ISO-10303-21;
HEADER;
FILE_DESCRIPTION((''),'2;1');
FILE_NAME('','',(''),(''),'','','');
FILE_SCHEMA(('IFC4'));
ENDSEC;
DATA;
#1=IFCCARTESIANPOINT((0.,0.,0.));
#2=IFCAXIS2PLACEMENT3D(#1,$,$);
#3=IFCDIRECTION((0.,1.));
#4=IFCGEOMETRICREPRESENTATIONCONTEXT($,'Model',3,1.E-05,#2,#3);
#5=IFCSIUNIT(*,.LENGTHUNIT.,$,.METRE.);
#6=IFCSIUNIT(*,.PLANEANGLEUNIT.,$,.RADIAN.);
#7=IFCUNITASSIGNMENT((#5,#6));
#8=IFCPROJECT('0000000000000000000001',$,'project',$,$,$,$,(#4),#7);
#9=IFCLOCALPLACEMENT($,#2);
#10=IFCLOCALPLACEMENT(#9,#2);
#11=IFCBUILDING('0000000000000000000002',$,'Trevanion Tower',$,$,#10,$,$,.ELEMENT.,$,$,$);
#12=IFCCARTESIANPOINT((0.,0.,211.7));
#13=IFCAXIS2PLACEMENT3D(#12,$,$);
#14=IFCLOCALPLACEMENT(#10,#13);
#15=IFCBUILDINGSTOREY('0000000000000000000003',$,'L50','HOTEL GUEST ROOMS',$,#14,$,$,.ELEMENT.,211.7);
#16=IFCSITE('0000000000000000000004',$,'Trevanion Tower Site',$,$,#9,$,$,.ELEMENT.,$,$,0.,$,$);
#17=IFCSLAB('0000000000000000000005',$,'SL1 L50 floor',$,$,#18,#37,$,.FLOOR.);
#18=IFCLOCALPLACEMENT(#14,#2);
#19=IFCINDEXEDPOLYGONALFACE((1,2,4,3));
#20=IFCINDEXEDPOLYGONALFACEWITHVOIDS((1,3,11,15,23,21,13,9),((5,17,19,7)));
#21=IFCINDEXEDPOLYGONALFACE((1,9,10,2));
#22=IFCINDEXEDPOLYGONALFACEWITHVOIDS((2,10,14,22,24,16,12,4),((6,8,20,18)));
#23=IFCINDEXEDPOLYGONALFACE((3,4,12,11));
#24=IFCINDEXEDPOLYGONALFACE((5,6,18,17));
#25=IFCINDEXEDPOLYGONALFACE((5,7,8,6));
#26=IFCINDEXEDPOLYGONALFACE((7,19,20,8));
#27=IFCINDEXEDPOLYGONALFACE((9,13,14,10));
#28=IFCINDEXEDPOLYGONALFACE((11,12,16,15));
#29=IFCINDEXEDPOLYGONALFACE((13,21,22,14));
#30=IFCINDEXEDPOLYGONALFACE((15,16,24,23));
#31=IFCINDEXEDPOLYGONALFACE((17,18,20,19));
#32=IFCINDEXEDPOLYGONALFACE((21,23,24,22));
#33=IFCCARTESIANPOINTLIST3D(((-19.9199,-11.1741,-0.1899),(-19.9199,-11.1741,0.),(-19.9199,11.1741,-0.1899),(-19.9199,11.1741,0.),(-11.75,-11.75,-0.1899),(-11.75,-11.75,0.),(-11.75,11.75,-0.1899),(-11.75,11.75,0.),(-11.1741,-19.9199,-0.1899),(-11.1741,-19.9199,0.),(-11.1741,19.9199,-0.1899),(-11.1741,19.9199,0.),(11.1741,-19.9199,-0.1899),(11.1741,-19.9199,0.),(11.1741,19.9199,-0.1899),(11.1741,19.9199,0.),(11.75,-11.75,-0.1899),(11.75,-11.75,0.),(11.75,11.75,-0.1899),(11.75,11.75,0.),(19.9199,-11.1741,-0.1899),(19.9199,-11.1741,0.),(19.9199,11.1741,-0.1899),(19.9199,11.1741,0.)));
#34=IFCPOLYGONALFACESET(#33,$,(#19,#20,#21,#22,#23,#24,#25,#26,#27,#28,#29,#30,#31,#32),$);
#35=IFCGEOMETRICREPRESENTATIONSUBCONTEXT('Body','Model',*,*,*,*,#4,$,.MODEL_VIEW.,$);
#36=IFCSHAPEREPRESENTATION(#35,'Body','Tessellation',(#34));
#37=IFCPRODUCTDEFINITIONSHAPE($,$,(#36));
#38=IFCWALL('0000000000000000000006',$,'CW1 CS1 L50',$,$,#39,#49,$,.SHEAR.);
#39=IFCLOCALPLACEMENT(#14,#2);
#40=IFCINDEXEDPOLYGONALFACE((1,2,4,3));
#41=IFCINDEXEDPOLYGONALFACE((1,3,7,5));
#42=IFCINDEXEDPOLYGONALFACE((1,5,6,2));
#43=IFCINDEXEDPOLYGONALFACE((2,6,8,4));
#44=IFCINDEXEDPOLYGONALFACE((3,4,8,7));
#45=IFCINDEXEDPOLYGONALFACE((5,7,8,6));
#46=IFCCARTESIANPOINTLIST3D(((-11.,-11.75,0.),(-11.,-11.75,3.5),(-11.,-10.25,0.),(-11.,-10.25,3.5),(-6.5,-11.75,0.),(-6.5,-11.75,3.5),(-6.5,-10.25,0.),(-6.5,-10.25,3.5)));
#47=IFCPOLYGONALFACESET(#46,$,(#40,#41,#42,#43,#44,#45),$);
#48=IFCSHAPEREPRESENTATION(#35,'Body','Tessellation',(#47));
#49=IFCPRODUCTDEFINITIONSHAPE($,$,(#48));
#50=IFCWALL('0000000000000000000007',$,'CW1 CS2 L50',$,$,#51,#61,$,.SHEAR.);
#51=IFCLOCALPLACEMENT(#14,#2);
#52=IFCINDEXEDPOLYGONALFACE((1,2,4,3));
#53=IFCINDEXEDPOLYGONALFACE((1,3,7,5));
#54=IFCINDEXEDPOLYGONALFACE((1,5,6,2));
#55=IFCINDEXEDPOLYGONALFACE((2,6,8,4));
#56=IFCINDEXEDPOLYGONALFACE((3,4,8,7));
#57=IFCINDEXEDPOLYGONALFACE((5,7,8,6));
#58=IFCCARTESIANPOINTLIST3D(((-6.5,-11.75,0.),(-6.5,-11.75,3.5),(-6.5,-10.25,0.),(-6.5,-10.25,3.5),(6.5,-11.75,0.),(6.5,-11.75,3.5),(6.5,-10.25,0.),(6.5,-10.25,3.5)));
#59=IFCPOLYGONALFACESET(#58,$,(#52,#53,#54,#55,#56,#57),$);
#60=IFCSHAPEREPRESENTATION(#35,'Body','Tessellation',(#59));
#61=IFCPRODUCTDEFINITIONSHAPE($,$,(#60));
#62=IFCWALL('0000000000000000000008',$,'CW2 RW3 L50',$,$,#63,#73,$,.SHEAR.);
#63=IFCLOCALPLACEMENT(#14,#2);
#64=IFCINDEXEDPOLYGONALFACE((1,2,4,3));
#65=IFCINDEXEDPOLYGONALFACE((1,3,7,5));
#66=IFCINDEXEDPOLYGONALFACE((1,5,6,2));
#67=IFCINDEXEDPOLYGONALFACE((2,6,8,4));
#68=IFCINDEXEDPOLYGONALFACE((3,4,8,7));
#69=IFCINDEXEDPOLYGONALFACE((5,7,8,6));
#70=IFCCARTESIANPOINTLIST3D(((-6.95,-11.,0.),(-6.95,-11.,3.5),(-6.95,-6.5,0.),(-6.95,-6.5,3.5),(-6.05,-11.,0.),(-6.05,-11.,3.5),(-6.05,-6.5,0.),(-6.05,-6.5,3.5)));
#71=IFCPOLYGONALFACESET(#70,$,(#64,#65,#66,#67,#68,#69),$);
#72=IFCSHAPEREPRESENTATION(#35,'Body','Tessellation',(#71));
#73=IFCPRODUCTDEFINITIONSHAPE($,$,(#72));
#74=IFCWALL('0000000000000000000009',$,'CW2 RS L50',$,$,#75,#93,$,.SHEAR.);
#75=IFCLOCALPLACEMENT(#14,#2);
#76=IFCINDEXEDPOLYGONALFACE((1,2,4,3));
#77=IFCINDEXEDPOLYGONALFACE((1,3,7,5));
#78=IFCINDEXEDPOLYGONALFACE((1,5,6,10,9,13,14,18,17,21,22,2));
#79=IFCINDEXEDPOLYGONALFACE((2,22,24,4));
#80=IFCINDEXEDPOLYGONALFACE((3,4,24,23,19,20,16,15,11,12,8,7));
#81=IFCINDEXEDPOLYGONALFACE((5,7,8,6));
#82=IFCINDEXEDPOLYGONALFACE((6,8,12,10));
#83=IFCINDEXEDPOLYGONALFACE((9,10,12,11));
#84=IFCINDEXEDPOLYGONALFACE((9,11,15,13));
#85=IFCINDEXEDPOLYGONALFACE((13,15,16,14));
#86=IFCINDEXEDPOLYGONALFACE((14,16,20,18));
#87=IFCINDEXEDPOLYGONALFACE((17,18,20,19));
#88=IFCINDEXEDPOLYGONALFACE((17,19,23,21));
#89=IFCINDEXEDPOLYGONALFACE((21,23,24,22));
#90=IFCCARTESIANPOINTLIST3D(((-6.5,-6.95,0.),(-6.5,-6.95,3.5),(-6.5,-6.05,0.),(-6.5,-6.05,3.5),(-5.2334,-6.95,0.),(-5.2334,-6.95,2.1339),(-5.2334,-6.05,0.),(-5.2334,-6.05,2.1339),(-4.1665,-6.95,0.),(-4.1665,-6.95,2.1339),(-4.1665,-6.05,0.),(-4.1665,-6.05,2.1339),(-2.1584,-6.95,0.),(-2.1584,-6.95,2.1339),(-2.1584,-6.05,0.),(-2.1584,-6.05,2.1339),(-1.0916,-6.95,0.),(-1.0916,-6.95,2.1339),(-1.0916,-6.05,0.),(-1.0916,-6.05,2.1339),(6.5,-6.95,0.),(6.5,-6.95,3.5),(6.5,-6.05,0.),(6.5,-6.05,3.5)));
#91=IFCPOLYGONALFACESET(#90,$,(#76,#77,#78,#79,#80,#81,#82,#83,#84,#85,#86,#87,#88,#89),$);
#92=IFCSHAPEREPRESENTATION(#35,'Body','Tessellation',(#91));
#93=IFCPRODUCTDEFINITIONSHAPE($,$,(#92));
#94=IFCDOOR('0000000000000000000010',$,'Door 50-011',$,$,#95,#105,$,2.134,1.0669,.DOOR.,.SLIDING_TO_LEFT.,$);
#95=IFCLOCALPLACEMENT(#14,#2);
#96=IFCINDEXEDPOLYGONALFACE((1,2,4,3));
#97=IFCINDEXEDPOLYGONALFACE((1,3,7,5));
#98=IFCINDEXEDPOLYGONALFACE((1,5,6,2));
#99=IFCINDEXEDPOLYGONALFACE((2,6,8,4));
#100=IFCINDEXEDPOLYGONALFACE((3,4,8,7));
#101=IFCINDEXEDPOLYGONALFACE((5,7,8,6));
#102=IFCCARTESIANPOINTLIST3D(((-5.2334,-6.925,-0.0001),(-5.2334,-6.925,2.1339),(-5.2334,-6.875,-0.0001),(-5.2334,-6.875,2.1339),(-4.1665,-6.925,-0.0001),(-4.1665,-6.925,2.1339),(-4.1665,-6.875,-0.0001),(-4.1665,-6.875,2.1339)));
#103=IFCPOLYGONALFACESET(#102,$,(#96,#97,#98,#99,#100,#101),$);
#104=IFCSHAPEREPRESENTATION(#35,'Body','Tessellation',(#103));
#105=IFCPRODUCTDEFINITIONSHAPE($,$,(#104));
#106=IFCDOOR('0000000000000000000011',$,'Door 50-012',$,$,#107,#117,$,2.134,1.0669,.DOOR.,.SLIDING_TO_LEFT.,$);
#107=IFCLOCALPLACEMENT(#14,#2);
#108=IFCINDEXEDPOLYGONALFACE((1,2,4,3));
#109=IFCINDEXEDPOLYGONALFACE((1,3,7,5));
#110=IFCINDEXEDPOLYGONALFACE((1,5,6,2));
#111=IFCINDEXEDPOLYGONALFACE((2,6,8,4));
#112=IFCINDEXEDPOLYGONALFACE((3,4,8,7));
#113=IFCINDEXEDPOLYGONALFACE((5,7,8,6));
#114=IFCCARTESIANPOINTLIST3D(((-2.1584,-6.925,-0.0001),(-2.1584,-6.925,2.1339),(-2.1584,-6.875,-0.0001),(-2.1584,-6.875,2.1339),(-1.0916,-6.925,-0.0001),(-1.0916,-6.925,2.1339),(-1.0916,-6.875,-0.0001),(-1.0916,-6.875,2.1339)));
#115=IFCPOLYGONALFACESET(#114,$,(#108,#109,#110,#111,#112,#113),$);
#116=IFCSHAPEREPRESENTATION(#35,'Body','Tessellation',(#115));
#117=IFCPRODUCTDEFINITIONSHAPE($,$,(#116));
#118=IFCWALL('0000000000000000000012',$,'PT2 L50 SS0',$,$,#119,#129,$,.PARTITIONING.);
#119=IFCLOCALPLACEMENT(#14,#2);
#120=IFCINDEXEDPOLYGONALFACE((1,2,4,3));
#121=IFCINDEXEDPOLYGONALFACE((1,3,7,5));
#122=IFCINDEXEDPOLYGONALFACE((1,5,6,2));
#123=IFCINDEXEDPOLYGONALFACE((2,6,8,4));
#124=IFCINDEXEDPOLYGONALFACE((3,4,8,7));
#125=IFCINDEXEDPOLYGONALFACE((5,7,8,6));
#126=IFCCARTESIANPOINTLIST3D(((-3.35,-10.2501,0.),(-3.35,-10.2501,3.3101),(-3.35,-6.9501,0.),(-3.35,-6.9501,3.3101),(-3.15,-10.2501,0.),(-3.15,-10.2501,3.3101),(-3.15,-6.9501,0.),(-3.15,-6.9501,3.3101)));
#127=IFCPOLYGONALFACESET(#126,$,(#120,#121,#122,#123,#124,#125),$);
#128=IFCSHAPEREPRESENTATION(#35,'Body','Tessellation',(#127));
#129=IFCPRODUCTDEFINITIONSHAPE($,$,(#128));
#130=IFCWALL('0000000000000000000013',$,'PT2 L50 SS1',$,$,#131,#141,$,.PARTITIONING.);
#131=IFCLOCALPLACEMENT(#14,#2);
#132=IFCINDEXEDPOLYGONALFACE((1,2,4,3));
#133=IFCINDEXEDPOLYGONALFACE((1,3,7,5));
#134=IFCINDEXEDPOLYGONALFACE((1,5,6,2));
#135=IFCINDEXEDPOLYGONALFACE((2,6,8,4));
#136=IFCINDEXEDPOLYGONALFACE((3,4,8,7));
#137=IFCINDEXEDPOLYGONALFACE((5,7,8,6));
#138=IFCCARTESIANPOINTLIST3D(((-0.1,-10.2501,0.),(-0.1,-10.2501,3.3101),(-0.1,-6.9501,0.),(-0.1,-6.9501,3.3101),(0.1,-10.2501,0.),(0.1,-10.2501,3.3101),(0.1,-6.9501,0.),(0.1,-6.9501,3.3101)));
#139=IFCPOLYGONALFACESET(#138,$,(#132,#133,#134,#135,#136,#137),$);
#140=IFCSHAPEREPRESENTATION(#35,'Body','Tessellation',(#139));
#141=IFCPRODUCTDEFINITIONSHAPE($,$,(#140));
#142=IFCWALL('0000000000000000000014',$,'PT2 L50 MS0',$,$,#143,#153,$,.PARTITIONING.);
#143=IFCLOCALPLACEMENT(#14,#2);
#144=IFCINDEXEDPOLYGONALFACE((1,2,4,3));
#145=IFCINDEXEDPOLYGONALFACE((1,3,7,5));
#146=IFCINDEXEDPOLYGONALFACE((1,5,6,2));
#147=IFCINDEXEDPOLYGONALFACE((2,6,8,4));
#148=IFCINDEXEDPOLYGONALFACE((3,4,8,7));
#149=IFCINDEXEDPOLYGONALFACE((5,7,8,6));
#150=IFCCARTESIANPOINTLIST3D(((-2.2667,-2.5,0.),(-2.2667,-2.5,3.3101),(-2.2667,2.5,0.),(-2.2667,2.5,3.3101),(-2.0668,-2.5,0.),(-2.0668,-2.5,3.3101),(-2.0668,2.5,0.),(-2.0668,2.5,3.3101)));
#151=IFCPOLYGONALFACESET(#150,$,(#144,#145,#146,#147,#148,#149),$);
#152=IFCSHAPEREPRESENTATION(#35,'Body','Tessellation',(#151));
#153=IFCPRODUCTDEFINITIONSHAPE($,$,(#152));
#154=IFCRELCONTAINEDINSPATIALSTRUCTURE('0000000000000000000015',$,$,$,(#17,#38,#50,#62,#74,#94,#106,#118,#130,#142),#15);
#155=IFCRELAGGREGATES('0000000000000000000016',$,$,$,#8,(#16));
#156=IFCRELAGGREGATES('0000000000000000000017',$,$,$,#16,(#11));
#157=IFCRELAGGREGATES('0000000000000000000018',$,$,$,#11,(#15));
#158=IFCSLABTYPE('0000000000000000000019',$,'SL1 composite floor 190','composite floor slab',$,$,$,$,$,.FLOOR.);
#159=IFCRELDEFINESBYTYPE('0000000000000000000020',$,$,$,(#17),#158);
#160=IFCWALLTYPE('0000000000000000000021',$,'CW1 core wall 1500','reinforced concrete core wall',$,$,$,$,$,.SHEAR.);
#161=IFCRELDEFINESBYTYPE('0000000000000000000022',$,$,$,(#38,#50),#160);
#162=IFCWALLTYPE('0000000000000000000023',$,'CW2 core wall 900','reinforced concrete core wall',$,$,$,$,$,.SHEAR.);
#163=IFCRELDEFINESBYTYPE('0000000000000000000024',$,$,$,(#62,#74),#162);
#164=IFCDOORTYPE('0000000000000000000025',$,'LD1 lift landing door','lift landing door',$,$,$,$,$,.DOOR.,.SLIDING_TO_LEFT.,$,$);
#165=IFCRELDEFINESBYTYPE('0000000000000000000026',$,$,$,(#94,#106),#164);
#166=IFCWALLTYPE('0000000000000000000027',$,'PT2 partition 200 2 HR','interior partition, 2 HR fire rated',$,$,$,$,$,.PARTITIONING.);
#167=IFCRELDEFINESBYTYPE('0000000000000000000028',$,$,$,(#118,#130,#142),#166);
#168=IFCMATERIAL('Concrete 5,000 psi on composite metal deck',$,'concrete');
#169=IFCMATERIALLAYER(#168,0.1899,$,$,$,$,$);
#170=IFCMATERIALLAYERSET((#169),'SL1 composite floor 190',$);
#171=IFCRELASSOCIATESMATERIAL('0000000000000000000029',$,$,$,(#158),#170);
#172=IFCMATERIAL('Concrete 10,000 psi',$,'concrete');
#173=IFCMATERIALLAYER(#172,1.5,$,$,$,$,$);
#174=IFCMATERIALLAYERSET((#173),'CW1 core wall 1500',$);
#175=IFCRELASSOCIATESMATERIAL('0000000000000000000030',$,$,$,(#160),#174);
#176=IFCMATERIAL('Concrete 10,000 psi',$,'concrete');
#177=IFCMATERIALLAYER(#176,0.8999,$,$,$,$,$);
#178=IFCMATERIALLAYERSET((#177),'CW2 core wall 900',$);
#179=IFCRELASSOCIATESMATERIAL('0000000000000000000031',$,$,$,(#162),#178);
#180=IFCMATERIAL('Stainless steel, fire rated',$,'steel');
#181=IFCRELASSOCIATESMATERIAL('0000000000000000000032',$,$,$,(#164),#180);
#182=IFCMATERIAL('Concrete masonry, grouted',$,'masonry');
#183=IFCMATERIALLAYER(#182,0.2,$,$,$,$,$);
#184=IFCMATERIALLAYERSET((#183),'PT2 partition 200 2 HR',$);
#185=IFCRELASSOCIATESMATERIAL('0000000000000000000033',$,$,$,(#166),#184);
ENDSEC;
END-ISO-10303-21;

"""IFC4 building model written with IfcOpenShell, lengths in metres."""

from ifc_helpers import new_model, si_unit, direction, frame, frame_2d, origin, place, context, subcontext, project, spatial, polyline, rectangle, outline, extrude, material, layer, layer_set, type_object, element, fill, save


model = new_model("IFC4")

# Units and contexts
model_context = context("Model", 3, precision=1e-05, world=origin(), true_north=direction((0.0, 1.0)))
body_context = subcontext(model_context, "Body", "Model", "MODEL_VIEW")
ifc_project = project(units=[si_unit("LENGTHUNIT", "METRE"), si_unit("PLANEANGLEUNIT", "RADIAN")], contexts=[model_context])

# Site, building, storey
site_placement = place(None, origin())
site = spatial("IfcSite", under=ifc_project, at=site_placement, Name="Trevanion Tower Site", CompositionType="ELEMENT", RefElevation=0.0)
building_placement = place(site_placement, origin())
building = spatial("IfcBuilding", under=site, at=building_placement, Name="Trevanion Tower", CompositionType="ELEMENT")
storey_placement = place(building_placement, frame((0.0, 0.0, 211.7)))
storey = spatial("IfcBuildingStorey", under=building, at=storey_placement, Name="L50", Description="HOTEL GUEST ROOMS", CompositionType="ELEMENT", Elevation=211.7)

# Slab
ifc_material_1 = material(Name="Concrete 5,000 psi on composite metal deck", Category="concrete")
ifc_layer_1 = layer(ifc_material_1, 0.1899)
ifc_layer_set_1 = layer_set([ifc_layer_1], Name="SL1 composite floor 190")
slab_type = type_object("IfcSlabType", Name="SL1 composite floor 190", Description="composite floor slab", PredefinedType="FLOOR", material=ifc_layer_set_1)
slab_placement = place(storey_placement, frame((0.0, 0.0, -0.1899)))
element("IfcSlab", 1, at=slab_placement, inside=storey, type_object=slab_type, Name="SL1 L50 floor", PredefinedType="FLOOR", context=body_context, shape_type="SweptSolid", body=[
    extrude(outline(polyline([(19.9199, -11.1741), (19.9199, 11.1741), (11.1741, 19.9199), (-11.1741, 19.9199), (-19.9199, 11.1741), (-19.9199, -11.1741), (-11.1741, -19.9199), (11.1741, -19.9199), (19.9199, -11.1741)]), holes=[polyline([(11.75, -11.75), (11.75, 11.75), (-11.75, 11.75), (-11.75, -11.75), (11.75, -11.75)])]), origin(), (0.0, 0.0, 1.0), 0.1899),
])

# Walls
ifc_material_2 = material(Name="Concrete 10,000 psi", Category="concrete")
ifc_layer_2 = layer(ifc_material_2, 1.5)
ifc_layer_set_2 = layer_set([ifc_layer_2], Name="CW1 core wall 1500")
wall_type_1 = type_object("IfcWallType", Name="CW1 core wall 1500", Description="reinforced concrete core wall", PredefinedType="SHEAR", material=ifc_layer_set_2)
wall_1_placement = place(storey_placement, frame((-11.0, -11.0, 0.0), z_axis=(0.0, 0.0, 1.0), x_axis=(1.0, 0.0, 0.0)))
element("IfcWall", 2, at=wall_1_placement, inside=storey, type_object=wall_type_1, Name="CW1 CS1 L50", PredefinedType="SHEAR", context=body_context, shape_type="SweptSolid", body=[
    extrude(rectangle(XDim=4.5, YDim=1.5, at=frame_2d((2.25, 0.0))), origin(), (0.0, 0.0, 1.0), 3.5),
])
wall_2_placement = place(storey_placement, frame((-6.5, -11.0, 0.0), z_axis=(0.0, 0.0, 1.0), x_axis=(1.0, 0.0, 0.0)))
element("IfcWall", 3, at=wall_2_placement, inside=storey, type_object=wall_type_1, Name="CW1 CS2 L50", PredefinedType="SHEAR", context=body_context, shape_type="SweptSolid", body=[
    extrude(rectangle(XDim=13.0, YDim=1.5, at=frame_2d((6.5, 0.0))), origin(), (0.0, 0.0, 1.0), 3.5),
])
ifc_material_3 = material(Name="Concrete 10,000 psi", Category="concrete")
ifc_layer_3 = layer(ifc_material_3, 0.8999)
ifc_layer_set_3 = layer_set([ifc_layer_3], Name="CW2 core wall 900")
wall_type_2 = type_object("IfcWallType", Name="CW2 core wall 900", Description="reinforced concrete core wall", PredefinedType="SHEAR", material=ifc_layer_set_3)
wall_3_placement = place(storey_placement, frame((-6.5, -6.5, 0.0), z_axis=(0.0, 0.0, 1.0), x_axis=(0.0, -1.0, 0.0)))
element("IfcWall", 4, at=wall_3_placement, inside=storey, type_object=wall_type_2, Name="CW2 RW3 L50", PredefinedType="SHEAR", context=body_context, shape_type="SweptSolid", body=[
    extrude(rectangle(XDim=4.5, YDim=0.8999, at=frame_2d((2.25, 0.0))), origin(), (0.0, 0.0, 1.0), 3.5),
])

# Wall, openings, doors
wall_4_placement = place(storey_placement, frame((-6.5, -6.5, 0.0), z_axis=(0.0, 0.0, 1.0), x_axis=(1.0, 0.0, 0.0)))
wall_4 = element("IfcWall", 5, at=wall_4_placement, inside=storey, type_object=wall_type_2, Name="CW2 RS L50", PredefinedType="SHEAR", context=body_context, shape_type="SweptSolid", body=[
    extrude(rectangle(XDim=13.0, YDim=0.8999, at=frame_2d((6.5, 0.0))), origin(), (0.0, 0.0, 1.0), 3.5),
])
opening_1_placement = place(wall_4_placement, frame((1.2666, 0.0, 0.0)))
opening_1 = element("IfcOpeningElement", 6, at=opening_1_placement, cuts=wall_4, PredefinedType="OPENING", context=body_context, shape_type="SweptSolid", body=[
    extrude(rectangle(XDim=1.0669, YDim=2.134, at=frame_2d((0.5334, 1.0669))), frame((0.0, 0.46, 0.0), z_axis=(0.0, -1.0, 0.0), x_axis=(1.0, 0.0, 0.0)), (0.0, 0.0, 1.0), 0.9199),
])
opening_2_placement = place(wall_4_placement, frame((4.3416, 0.0, 0.0)))
opening_2 = element("IfcOpeningElement", 7, at=opening_2_placement, cuts=wall_4, PredefinedType="OPENING", context=body_context, shape_type="SweptSolid", body=[
    extrude(rectangle(XDim=1.0669, YDim=2.134, at=frame_2d((0.5334, 1.0669))), frame((0.0, 0.46, 0.0), z_axis=(0.0, -1.0, 0.0), x_axis=(1.0, 0.0, 0.0)), (0.0, 0.0, 1.0), 0.9199),
])
ifc_material_4 = material(Name="Stainless steel, fire rated", Category="steel")
door_type_1 = type_object("IfcDoorType", Name="LD1 lift landing door", Description="lift landing door", OperationType="SLIDING_TO_LEFT", PredefinedType="DOOR", material=ifc_material_4)
door_1_placement = place(opening_1_placement, origin())
door_1 = element("IfcDoor", 8, at=door_1_placement, inside=storey, type_object=door_type_1, Name="Door 50-011", OperationType="SLIDING_TO_LEFT", OverallHeight=2.134, OverallWidth=1.0669, PredefinedType="DOOR", context=body_context, shape_type="SweptSolid", body=[
    extrude(rectangle(XDim=1.0669, YDim=2.134, at=frame_2d((0.5334, 1.0669))), frame((0.0, -0.375, 0.0), z_axis=(0.0, -1.0, 0.0), x_axis=(1.0, 0.0, 0.0)), (0.0, 0.0, 1.0), 0.05),
])
fill(opening_1, door_1)
door_2_placement = place(opening_2_placement, origin())
door_2 = element("IfcDoor", 9, at=door_2_placement, inside=storey, type_object=door_type_1, Name="Door 50-012", OperationType="SLIDING_TO_LEFT", OverallHeight=2.134, OverallWidth=1.0669, PredefinedType="DOOR", context=body_context, shape_type="SweptSolid", body=[
    extrude(rectangle(XDim=1.0669, YDim=2.134, at=frame_2d((0.5334, 1.0669))), frame((0.0, -0.375, 0.0), z_axis=(0.0, -1.0, 0.0), x_axis=(1.0, 0.0, 0.0)), (0.0, 0.0, 1.0), 0.05),
])
fill(opening_2, door_2)

# Walls
ifc_material_5 = material(Name="Concrete masonry, grouted", Category="masonry")
ifc_layer_4 = layer(ifc_material_5, 0.2)
ifc_layer_set_4 = layer_set([ifc_layer_4], Name="PT2 partition 200 2 HR")
wall_type_3 = type_object("IfcWallType", Name="PT2 partition 200 2 HR", Description="interior partition, 2 HR fire rated", PredefinedType="PARTITIONING", material=ifc_layer_set_4)
for number, where, z_axis, x_axis, name in (
    (10, (-3.25, -10.25, 0.0), (0.0, 0.0, 1.0), (0.0, 1.0, 0.0), "PT2 L50 SS0"),
    (11, (0.0, -10.25, 0.0), (0.0, 0.0, 1.0), (0.0, 1.0, 0.0), "PT2 L50 SS1"),
):
    element("IfcWall", number, at=place(storey_placement, frame(where, z_axis=z_axis, x_axis=x_axis)), inside=storey, type_object=wall_type_3, Name=name, PredefinedType="PARTITIONING", context=body_context, shape_type="SweptSolid", body=[
        extrude(rectangle(XDim=3.3, YDim=0.2, at=frame_2d((1.6499, 0.0))), origin(), (0.0, 0.0, 1.0), 3.3101),
    ])
wall_5_placement = place(storey_placement, frame((-2.1667, -2.5, 0.0), z_axis=(0.0, 0.0, 1.0), x_axis=(0.0, 1.0, 0.0)))
element("IfcWall", 12, at=wall_5_placement, inside=storey, type_object=wall_type_3, Name="PT2 L50 MS0", PredefinedType="PARTITIONING", context=body_context, shape_type="SweptSolid", body=[
    extrude(rectangle(XDim=5.0, YDim=0.2, at=frame_2d((2.5, 0.0))), origin(), (0.0, 0.0, 1.0), 3.3101),
])

save(model, "model.ifc")
